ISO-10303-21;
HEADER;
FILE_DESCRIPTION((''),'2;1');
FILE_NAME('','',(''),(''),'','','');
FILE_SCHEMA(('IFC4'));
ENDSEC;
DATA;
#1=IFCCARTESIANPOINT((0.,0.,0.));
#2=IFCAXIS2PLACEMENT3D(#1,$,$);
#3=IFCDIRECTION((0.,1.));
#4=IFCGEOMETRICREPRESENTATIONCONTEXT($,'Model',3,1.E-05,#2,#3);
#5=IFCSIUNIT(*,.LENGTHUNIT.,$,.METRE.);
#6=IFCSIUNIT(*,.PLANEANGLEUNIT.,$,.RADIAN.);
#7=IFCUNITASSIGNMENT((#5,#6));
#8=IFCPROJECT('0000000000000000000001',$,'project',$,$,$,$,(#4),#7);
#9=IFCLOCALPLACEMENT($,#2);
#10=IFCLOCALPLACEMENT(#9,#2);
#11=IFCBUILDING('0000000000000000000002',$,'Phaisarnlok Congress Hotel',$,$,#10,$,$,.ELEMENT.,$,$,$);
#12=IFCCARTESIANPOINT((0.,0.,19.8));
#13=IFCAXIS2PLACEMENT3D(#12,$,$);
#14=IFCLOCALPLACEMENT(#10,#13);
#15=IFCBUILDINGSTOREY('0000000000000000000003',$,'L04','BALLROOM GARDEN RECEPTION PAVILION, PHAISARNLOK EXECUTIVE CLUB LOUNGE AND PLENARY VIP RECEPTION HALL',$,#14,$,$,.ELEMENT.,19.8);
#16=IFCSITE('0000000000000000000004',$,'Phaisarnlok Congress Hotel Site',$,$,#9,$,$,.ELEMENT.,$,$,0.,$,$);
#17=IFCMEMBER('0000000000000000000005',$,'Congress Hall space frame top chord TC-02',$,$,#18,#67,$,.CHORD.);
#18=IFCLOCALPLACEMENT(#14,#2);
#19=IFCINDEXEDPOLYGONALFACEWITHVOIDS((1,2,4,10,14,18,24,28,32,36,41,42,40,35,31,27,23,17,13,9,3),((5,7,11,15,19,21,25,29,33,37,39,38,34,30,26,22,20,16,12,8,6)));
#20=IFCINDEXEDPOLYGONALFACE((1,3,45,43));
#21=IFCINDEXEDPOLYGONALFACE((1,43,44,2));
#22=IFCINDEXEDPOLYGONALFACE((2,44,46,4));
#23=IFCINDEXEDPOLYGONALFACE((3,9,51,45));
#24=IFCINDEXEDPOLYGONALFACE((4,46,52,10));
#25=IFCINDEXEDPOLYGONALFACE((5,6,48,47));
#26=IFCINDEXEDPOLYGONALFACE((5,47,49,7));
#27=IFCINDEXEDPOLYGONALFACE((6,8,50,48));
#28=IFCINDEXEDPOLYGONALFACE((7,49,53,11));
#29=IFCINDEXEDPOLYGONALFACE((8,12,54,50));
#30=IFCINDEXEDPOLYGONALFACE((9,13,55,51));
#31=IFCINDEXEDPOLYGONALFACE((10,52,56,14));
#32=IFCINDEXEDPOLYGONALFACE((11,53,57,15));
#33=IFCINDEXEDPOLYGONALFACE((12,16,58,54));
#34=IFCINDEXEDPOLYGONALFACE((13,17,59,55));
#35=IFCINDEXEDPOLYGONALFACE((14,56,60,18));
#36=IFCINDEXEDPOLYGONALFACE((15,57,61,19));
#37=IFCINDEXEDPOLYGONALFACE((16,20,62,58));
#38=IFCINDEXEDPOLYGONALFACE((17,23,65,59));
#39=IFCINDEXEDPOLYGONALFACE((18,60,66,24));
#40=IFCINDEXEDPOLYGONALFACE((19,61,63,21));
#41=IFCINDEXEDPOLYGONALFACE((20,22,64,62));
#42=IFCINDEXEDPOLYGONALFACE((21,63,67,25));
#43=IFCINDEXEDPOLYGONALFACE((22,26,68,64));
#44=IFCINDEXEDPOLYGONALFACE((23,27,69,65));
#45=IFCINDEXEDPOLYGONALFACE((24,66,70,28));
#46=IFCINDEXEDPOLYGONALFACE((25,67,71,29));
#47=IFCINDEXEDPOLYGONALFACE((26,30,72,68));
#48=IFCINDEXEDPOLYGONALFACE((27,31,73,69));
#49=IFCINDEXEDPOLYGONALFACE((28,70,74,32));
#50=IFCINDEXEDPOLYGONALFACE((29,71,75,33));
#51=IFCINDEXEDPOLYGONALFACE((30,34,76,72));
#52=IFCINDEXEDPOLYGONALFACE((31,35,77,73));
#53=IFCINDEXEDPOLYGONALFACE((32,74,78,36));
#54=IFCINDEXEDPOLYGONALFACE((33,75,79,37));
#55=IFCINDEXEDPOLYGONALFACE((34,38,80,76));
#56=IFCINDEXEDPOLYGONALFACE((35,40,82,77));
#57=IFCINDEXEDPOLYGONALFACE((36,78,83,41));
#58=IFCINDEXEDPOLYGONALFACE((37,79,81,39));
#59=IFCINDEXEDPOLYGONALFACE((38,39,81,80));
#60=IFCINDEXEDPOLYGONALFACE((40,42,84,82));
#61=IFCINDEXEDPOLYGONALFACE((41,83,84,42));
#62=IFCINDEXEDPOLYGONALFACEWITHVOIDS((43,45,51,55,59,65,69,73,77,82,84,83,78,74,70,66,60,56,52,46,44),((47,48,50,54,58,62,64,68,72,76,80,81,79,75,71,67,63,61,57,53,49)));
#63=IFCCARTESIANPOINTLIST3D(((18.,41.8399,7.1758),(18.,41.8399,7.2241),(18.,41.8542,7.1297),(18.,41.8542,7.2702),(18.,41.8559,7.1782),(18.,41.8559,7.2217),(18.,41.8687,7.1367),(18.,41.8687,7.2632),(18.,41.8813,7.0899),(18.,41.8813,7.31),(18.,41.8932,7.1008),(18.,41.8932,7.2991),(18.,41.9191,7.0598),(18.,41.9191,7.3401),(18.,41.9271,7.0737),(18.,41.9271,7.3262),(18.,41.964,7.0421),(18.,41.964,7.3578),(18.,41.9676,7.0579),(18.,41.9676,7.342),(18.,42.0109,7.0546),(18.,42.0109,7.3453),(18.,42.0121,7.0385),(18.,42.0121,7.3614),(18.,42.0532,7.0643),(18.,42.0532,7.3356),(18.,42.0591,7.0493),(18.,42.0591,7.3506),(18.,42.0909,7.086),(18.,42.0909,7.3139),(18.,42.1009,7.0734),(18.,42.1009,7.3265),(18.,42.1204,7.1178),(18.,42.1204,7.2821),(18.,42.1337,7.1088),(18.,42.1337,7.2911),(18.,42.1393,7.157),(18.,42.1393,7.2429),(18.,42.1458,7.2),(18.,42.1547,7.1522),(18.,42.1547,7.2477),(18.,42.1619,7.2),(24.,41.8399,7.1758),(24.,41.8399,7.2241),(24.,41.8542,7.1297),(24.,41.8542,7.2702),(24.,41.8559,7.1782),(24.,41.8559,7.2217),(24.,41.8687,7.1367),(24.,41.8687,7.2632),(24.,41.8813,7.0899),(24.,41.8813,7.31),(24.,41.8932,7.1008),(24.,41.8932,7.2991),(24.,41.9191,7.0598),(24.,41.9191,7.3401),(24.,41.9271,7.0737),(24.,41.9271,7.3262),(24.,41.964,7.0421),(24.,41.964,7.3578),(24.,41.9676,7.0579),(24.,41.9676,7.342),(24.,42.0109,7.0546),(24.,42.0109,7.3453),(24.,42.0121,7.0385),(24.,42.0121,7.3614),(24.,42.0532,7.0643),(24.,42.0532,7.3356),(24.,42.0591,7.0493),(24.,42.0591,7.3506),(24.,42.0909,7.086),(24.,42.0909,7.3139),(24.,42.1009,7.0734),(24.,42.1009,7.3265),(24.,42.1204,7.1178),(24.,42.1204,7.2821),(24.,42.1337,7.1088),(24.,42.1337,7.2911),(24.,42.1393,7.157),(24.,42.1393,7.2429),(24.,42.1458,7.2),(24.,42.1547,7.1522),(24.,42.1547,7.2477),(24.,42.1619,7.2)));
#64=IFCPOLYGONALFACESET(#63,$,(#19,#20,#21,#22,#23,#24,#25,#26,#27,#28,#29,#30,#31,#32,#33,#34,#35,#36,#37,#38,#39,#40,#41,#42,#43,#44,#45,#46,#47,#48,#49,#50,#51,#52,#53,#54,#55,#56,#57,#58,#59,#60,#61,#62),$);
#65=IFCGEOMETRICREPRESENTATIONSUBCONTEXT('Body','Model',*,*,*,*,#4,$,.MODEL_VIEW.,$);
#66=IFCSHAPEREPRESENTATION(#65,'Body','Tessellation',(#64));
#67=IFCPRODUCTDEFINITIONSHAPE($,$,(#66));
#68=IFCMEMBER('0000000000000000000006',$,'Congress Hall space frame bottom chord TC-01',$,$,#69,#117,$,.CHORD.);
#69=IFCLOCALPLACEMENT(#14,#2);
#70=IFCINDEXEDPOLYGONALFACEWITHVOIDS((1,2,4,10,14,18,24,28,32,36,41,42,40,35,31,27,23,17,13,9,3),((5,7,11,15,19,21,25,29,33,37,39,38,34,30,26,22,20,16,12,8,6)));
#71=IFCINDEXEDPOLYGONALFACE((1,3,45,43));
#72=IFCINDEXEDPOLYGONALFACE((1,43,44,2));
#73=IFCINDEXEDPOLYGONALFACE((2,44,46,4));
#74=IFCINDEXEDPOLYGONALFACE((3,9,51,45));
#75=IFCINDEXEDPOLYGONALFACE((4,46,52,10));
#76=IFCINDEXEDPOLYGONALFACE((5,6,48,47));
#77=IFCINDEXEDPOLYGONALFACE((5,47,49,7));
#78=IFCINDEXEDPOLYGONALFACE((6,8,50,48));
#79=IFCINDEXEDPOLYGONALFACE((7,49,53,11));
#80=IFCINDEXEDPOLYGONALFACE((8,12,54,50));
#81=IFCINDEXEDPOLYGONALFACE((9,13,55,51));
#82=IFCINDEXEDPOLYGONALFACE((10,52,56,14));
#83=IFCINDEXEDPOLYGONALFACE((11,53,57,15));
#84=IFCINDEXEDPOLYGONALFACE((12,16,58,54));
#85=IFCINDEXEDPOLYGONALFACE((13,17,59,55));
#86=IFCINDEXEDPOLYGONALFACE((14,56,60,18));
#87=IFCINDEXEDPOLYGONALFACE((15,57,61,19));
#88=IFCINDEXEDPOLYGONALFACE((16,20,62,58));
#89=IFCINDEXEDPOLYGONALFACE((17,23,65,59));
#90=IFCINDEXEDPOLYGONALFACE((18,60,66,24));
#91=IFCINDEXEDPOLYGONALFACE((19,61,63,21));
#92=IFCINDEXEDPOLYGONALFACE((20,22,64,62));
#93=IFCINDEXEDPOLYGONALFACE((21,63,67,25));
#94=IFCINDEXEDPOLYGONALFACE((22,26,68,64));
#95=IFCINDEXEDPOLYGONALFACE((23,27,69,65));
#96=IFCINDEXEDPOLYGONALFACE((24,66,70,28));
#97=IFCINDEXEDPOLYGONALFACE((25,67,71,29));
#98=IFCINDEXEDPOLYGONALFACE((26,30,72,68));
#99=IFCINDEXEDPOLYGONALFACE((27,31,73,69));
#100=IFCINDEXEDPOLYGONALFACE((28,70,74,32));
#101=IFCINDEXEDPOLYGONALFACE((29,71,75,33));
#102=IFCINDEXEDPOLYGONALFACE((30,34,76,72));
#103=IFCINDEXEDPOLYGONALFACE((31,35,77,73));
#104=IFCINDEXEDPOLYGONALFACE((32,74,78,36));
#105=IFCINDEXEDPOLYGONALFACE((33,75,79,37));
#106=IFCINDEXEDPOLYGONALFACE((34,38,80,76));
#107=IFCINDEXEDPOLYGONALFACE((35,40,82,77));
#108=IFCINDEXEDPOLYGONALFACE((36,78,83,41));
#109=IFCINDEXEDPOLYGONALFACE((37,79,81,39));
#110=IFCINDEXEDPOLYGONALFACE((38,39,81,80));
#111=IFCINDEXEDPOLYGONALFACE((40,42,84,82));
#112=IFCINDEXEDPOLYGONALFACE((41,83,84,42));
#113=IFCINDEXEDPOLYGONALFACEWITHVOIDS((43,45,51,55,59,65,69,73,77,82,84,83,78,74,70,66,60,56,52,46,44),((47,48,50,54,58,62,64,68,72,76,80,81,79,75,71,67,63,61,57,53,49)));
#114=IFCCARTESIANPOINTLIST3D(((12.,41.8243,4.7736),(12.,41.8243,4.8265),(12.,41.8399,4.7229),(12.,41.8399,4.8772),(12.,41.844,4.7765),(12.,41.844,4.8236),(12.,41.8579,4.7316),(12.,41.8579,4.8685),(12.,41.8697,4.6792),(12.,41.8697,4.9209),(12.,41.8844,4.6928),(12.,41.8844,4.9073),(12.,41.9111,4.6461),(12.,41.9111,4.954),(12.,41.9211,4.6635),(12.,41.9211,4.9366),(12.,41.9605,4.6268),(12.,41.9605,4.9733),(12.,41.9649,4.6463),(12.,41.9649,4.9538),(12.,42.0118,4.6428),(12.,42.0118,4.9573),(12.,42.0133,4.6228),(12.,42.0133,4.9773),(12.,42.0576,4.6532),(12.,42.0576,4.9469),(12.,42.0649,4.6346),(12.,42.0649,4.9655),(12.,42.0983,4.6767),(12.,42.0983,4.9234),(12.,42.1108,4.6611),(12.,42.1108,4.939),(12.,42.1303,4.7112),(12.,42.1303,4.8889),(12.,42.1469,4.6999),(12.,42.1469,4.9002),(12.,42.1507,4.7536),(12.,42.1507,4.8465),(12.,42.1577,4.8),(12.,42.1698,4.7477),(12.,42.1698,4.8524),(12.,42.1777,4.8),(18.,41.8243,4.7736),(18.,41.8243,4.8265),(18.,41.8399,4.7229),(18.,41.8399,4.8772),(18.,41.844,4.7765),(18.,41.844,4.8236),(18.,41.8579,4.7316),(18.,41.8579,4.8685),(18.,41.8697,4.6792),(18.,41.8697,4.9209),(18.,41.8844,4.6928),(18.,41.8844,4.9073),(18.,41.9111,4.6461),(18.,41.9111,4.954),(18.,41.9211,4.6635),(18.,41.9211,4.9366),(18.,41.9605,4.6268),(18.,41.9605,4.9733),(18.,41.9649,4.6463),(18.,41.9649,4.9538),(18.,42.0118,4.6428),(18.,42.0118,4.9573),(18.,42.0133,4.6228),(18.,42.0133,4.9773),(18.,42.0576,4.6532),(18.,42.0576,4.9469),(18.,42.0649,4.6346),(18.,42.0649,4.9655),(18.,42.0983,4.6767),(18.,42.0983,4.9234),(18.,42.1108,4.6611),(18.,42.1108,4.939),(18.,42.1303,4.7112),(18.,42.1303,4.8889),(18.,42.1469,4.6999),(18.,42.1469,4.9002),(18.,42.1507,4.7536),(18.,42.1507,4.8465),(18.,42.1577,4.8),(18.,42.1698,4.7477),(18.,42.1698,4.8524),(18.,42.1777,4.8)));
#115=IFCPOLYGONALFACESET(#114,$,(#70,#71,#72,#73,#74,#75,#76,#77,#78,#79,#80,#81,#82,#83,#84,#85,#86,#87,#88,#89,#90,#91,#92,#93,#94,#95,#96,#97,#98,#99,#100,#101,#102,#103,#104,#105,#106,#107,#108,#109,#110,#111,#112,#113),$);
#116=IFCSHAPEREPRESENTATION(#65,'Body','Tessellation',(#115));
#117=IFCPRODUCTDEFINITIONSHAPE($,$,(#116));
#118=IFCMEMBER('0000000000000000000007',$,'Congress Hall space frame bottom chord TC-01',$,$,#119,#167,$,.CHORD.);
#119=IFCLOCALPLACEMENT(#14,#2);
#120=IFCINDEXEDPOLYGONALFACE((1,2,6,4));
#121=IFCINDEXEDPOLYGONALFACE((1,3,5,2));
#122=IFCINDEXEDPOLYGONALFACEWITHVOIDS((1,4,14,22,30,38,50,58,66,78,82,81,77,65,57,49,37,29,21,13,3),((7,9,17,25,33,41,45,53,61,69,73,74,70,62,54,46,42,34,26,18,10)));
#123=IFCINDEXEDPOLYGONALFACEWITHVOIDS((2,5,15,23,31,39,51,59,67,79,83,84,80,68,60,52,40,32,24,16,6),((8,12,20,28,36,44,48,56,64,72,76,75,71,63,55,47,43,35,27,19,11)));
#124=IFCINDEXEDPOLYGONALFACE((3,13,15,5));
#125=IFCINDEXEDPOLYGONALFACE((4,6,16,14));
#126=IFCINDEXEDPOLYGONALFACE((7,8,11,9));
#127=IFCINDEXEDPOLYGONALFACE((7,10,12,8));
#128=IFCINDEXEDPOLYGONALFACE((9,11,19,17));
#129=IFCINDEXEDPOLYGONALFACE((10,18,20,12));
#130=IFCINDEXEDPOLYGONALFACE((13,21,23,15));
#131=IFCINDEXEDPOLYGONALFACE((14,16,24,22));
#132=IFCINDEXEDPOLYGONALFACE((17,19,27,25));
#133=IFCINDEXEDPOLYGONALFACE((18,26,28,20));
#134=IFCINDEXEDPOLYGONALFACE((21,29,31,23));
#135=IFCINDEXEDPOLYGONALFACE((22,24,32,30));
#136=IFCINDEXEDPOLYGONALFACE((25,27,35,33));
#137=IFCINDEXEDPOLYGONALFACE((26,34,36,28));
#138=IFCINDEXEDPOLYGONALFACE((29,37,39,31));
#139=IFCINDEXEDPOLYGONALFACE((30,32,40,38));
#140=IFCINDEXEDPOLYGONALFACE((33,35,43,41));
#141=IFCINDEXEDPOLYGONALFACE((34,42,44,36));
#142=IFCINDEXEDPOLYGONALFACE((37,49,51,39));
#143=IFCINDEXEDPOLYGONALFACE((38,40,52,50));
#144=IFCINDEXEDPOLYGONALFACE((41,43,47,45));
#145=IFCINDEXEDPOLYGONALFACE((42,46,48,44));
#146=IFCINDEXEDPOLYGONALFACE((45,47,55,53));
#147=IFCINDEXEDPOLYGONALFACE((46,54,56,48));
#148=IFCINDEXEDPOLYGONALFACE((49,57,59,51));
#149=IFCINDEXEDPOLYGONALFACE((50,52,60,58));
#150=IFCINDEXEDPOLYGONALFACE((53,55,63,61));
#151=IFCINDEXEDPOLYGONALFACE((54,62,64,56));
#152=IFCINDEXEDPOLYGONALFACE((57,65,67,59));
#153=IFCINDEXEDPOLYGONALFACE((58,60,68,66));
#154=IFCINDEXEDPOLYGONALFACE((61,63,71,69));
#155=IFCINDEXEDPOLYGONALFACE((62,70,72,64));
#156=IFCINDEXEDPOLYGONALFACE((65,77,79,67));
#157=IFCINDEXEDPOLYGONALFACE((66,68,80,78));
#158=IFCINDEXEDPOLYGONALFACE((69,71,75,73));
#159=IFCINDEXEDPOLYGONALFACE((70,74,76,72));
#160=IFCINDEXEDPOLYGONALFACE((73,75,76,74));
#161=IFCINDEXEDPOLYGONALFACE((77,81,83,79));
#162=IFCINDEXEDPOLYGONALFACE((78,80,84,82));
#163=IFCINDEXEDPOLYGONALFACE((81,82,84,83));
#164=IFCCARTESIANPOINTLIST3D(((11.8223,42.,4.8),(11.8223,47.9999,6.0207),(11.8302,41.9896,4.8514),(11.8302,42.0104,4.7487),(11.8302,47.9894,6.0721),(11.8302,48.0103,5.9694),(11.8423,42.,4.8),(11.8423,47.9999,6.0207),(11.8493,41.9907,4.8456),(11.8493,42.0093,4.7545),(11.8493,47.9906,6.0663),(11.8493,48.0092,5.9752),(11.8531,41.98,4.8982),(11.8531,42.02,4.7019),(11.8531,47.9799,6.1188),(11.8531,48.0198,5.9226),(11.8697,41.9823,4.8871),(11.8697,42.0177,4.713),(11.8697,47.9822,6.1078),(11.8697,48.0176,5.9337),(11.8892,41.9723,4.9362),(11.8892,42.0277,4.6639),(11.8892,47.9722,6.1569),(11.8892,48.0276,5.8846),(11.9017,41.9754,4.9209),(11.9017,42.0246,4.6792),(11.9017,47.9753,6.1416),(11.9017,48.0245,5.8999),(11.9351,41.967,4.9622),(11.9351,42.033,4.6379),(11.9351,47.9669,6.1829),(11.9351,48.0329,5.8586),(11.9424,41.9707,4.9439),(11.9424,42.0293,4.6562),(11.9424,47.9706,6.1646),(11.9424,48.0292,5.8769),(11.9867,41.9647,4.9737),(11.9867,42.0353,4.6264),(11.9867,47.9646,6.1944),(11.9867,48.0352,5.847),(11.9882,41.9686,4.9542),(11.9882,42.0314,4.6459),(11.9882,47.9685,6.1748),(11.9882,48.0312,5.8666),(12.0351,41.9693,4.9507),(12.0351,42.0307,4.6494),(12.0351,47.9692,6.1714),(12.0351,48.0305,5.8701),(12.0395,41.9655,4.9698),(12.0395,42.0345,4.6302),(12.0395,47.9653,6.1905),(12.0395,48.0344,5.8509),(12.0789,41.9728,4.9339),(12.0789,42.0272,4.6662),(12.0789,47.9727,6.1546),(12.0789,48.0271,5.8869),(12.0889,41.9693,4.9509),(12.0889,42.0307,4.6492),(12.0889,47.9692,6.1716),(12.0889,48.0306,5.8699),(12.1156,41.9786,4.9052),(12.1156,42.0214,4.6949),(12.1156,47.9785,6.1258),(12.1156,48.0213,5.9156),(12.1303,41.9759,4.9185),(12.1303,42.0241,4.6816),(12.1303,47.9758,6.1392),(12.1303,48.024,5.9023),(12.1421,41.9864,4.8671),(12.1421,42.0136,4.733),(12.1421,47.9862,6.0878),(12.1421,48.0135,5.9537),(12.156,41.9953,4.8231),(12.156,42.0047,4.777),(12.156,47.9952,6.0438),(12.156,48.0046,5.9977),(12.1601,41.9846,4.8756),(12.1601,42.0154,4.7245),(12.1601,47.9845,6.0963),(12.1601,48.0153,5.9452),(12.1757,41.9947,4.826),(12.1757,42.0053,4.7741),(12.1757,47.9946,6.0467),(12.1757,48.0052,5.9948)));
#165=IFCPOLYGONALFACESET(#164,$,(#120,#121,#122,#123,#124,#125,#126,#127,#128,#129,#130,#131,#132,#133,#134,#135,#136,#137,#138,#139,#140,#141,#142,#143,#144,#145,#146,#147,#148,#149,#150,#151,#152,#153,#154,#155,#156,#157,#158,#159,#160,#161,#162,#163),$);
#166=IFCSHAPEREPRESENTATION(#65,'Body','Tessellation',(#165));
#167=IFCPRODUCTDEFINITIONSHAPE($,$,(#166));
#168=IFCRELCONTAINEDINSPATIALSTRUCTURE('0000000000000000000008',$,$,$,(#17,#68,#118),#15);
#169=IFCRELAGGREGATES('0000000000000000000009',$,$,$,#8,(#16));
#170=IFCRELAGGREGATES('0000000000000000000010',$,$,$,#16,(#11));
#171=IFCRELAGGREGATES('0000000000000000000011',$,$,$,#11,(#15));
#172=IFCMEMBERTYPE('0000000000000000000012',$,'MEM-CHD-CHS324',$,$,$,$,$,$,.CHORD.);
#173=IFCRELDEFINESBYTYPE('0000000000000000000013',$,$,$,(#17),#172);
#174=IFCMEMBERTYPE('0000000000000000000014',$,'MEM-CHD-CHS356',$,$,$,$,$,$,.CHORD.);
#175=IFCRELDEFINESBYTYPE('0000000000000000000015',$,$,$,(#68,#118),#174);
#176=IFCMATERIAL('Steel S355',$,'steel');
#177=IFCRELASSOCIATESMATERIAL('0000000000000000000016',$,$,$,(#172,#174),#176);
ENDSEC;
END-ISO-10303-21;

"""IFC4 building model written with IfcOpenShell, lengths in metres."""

from ifc_helpers import new_model, si_unit, direction, frame, origin, origin_2d, place, context, subcontext, project, spatial, hollow_circle, extrude, material, material_profile, profile_set, type_object, element, save


model = new_model("IFC4")

# Units and contexts
model_context = context("Model", 3, precision=1e-05, world=origin(), true_north=direction((0.0, 1.0)))
body_context = subcontext(model_context, "Body", "Model", "MODEL_VIEW")
ifc_project = project(units=[si_unit("LENGTHUNIT", "METRE"), si_unit("PLANEANGLEUNIT", "RADIAN")], contexts=[model_context])

# Site, building, storey
site_placement = place(None, origin())
site = spatial("IfcSite", under=ifc_project, at=site_placement, Name="Phaisarnlok Congress Hotel Site", CompositionType="ELEMENT", RefElevation=0.0)
building_placement = place(site_placement, origin())
building = spatial("IfcBuilding", under=site, at=building_placement, Name="Phaisarnlok Congress Hotel", CompositionType="ELEMENT")
storey_placement = place(building_placement, frame((0.0, 0.0, 19.8)))
storey = spatial("IfcBuildingStorey", under=building, at=storey_placement, Name="L04", Description="BALLROOM GARDEN RECEPTION PAVILION, PHAISARNLOK EXECUTIVE CLUB LOUNGE AND PLENARY VIP RECEPTION HALL", CompositionType="ELEMENT", Elevation=19.8)

# Members
ifc_material_1 = material(Name="Steel S355", Category="steel")
ifc_material_profile_1 = material_profile(ifc_material_1, hollow_circle(Radius=0.1619, WallThickness=0.0161, at=origin_2d()), Name="CHS 323.9x16")
ifc_profile_set_1 = profile_set([ifc_material_profile_1], Name="Steel S355")
member_type_1 = type_object("IfcMemberType", Name="MEM-CHD-CHS324", PredefinedType="CHORD", material=ifc_profile_set_1)
member_1_placement = place(storey_placement, frame((18.0, 42.0, 7.2), z_axis=(1.0, 0.0, 0.0), x_axis=(0.0, 1.0, 0.0)))
element("IfcMember", 1, at=member_1_placement, inside=storey, type_object=member_type_1, Name="Congress Hall space frame top chord TC-02", PredefinedType="CHORD", context=body_context, shape_type="SweptSolid", body=[
    extrude(hollow_circle(Radius=0.1619, WallThickness=0.0161, at=origin_2d()), origin(), (0.0, 0.0, 1.0), 6.0),
])
ifc_material_profile_2 = material_profile(ifc_material_1, hollow_circle(Radius=0.1777, WallThickness=0.02, at=origin_2d()), Name="CHS 355.6x20")
ifc_profile_set_2 = profile_set([ifc_material_profile_2], Name="Steel S355")
member_type_2 = type_object("IfcMemberType", Name="MEM-CHD-CHS356", PredefinedType="CHORD", material=ifc_profile_set_2)
member_2_placement = place(storey_placement, frame((12.0, 42.0, 4.8), z_axis=(1.0, 0.0, 0.0), x_axis=(0.0, 1.0, 0.0)))
element("IfcMember", 2, at=member_2_placement, inside=storey, type_object=member_type_2, Name="Congress Hall space frame bottom chord TC-01", PredefinedType="CHORD", context=body_context, shape_type="SweptSolid", body=[
    extrude(hollow_circle(Radius=0.1777, WallThickness=0.02, at=origin_2d()), origin(), (0.0, 0.0, 1.0), 6.0),
])
member_3_placement = place(storey_placement, frame((12.0, 42.0, 4.8), z_axis=(0.0, 0.979925, 0.199366), x_axis=(-1.0, 0.0, 0.0)))
element("IfcMember", 3, at=member_3_placement, inside=storey, type_object=member_type_2, Name="Congress Hall space frame bottom chord TC-01", PredefinedType="CHORD", context=body_context, shape_type="SweptSolid", body=[
    extrude(hollow_circle(Radius=0.1777, WallThickness=0.02, at=origin_2d()), origin(), (0.0, 0.0, 1.0), 6.1228),
])

save(model, "model.ifc")
